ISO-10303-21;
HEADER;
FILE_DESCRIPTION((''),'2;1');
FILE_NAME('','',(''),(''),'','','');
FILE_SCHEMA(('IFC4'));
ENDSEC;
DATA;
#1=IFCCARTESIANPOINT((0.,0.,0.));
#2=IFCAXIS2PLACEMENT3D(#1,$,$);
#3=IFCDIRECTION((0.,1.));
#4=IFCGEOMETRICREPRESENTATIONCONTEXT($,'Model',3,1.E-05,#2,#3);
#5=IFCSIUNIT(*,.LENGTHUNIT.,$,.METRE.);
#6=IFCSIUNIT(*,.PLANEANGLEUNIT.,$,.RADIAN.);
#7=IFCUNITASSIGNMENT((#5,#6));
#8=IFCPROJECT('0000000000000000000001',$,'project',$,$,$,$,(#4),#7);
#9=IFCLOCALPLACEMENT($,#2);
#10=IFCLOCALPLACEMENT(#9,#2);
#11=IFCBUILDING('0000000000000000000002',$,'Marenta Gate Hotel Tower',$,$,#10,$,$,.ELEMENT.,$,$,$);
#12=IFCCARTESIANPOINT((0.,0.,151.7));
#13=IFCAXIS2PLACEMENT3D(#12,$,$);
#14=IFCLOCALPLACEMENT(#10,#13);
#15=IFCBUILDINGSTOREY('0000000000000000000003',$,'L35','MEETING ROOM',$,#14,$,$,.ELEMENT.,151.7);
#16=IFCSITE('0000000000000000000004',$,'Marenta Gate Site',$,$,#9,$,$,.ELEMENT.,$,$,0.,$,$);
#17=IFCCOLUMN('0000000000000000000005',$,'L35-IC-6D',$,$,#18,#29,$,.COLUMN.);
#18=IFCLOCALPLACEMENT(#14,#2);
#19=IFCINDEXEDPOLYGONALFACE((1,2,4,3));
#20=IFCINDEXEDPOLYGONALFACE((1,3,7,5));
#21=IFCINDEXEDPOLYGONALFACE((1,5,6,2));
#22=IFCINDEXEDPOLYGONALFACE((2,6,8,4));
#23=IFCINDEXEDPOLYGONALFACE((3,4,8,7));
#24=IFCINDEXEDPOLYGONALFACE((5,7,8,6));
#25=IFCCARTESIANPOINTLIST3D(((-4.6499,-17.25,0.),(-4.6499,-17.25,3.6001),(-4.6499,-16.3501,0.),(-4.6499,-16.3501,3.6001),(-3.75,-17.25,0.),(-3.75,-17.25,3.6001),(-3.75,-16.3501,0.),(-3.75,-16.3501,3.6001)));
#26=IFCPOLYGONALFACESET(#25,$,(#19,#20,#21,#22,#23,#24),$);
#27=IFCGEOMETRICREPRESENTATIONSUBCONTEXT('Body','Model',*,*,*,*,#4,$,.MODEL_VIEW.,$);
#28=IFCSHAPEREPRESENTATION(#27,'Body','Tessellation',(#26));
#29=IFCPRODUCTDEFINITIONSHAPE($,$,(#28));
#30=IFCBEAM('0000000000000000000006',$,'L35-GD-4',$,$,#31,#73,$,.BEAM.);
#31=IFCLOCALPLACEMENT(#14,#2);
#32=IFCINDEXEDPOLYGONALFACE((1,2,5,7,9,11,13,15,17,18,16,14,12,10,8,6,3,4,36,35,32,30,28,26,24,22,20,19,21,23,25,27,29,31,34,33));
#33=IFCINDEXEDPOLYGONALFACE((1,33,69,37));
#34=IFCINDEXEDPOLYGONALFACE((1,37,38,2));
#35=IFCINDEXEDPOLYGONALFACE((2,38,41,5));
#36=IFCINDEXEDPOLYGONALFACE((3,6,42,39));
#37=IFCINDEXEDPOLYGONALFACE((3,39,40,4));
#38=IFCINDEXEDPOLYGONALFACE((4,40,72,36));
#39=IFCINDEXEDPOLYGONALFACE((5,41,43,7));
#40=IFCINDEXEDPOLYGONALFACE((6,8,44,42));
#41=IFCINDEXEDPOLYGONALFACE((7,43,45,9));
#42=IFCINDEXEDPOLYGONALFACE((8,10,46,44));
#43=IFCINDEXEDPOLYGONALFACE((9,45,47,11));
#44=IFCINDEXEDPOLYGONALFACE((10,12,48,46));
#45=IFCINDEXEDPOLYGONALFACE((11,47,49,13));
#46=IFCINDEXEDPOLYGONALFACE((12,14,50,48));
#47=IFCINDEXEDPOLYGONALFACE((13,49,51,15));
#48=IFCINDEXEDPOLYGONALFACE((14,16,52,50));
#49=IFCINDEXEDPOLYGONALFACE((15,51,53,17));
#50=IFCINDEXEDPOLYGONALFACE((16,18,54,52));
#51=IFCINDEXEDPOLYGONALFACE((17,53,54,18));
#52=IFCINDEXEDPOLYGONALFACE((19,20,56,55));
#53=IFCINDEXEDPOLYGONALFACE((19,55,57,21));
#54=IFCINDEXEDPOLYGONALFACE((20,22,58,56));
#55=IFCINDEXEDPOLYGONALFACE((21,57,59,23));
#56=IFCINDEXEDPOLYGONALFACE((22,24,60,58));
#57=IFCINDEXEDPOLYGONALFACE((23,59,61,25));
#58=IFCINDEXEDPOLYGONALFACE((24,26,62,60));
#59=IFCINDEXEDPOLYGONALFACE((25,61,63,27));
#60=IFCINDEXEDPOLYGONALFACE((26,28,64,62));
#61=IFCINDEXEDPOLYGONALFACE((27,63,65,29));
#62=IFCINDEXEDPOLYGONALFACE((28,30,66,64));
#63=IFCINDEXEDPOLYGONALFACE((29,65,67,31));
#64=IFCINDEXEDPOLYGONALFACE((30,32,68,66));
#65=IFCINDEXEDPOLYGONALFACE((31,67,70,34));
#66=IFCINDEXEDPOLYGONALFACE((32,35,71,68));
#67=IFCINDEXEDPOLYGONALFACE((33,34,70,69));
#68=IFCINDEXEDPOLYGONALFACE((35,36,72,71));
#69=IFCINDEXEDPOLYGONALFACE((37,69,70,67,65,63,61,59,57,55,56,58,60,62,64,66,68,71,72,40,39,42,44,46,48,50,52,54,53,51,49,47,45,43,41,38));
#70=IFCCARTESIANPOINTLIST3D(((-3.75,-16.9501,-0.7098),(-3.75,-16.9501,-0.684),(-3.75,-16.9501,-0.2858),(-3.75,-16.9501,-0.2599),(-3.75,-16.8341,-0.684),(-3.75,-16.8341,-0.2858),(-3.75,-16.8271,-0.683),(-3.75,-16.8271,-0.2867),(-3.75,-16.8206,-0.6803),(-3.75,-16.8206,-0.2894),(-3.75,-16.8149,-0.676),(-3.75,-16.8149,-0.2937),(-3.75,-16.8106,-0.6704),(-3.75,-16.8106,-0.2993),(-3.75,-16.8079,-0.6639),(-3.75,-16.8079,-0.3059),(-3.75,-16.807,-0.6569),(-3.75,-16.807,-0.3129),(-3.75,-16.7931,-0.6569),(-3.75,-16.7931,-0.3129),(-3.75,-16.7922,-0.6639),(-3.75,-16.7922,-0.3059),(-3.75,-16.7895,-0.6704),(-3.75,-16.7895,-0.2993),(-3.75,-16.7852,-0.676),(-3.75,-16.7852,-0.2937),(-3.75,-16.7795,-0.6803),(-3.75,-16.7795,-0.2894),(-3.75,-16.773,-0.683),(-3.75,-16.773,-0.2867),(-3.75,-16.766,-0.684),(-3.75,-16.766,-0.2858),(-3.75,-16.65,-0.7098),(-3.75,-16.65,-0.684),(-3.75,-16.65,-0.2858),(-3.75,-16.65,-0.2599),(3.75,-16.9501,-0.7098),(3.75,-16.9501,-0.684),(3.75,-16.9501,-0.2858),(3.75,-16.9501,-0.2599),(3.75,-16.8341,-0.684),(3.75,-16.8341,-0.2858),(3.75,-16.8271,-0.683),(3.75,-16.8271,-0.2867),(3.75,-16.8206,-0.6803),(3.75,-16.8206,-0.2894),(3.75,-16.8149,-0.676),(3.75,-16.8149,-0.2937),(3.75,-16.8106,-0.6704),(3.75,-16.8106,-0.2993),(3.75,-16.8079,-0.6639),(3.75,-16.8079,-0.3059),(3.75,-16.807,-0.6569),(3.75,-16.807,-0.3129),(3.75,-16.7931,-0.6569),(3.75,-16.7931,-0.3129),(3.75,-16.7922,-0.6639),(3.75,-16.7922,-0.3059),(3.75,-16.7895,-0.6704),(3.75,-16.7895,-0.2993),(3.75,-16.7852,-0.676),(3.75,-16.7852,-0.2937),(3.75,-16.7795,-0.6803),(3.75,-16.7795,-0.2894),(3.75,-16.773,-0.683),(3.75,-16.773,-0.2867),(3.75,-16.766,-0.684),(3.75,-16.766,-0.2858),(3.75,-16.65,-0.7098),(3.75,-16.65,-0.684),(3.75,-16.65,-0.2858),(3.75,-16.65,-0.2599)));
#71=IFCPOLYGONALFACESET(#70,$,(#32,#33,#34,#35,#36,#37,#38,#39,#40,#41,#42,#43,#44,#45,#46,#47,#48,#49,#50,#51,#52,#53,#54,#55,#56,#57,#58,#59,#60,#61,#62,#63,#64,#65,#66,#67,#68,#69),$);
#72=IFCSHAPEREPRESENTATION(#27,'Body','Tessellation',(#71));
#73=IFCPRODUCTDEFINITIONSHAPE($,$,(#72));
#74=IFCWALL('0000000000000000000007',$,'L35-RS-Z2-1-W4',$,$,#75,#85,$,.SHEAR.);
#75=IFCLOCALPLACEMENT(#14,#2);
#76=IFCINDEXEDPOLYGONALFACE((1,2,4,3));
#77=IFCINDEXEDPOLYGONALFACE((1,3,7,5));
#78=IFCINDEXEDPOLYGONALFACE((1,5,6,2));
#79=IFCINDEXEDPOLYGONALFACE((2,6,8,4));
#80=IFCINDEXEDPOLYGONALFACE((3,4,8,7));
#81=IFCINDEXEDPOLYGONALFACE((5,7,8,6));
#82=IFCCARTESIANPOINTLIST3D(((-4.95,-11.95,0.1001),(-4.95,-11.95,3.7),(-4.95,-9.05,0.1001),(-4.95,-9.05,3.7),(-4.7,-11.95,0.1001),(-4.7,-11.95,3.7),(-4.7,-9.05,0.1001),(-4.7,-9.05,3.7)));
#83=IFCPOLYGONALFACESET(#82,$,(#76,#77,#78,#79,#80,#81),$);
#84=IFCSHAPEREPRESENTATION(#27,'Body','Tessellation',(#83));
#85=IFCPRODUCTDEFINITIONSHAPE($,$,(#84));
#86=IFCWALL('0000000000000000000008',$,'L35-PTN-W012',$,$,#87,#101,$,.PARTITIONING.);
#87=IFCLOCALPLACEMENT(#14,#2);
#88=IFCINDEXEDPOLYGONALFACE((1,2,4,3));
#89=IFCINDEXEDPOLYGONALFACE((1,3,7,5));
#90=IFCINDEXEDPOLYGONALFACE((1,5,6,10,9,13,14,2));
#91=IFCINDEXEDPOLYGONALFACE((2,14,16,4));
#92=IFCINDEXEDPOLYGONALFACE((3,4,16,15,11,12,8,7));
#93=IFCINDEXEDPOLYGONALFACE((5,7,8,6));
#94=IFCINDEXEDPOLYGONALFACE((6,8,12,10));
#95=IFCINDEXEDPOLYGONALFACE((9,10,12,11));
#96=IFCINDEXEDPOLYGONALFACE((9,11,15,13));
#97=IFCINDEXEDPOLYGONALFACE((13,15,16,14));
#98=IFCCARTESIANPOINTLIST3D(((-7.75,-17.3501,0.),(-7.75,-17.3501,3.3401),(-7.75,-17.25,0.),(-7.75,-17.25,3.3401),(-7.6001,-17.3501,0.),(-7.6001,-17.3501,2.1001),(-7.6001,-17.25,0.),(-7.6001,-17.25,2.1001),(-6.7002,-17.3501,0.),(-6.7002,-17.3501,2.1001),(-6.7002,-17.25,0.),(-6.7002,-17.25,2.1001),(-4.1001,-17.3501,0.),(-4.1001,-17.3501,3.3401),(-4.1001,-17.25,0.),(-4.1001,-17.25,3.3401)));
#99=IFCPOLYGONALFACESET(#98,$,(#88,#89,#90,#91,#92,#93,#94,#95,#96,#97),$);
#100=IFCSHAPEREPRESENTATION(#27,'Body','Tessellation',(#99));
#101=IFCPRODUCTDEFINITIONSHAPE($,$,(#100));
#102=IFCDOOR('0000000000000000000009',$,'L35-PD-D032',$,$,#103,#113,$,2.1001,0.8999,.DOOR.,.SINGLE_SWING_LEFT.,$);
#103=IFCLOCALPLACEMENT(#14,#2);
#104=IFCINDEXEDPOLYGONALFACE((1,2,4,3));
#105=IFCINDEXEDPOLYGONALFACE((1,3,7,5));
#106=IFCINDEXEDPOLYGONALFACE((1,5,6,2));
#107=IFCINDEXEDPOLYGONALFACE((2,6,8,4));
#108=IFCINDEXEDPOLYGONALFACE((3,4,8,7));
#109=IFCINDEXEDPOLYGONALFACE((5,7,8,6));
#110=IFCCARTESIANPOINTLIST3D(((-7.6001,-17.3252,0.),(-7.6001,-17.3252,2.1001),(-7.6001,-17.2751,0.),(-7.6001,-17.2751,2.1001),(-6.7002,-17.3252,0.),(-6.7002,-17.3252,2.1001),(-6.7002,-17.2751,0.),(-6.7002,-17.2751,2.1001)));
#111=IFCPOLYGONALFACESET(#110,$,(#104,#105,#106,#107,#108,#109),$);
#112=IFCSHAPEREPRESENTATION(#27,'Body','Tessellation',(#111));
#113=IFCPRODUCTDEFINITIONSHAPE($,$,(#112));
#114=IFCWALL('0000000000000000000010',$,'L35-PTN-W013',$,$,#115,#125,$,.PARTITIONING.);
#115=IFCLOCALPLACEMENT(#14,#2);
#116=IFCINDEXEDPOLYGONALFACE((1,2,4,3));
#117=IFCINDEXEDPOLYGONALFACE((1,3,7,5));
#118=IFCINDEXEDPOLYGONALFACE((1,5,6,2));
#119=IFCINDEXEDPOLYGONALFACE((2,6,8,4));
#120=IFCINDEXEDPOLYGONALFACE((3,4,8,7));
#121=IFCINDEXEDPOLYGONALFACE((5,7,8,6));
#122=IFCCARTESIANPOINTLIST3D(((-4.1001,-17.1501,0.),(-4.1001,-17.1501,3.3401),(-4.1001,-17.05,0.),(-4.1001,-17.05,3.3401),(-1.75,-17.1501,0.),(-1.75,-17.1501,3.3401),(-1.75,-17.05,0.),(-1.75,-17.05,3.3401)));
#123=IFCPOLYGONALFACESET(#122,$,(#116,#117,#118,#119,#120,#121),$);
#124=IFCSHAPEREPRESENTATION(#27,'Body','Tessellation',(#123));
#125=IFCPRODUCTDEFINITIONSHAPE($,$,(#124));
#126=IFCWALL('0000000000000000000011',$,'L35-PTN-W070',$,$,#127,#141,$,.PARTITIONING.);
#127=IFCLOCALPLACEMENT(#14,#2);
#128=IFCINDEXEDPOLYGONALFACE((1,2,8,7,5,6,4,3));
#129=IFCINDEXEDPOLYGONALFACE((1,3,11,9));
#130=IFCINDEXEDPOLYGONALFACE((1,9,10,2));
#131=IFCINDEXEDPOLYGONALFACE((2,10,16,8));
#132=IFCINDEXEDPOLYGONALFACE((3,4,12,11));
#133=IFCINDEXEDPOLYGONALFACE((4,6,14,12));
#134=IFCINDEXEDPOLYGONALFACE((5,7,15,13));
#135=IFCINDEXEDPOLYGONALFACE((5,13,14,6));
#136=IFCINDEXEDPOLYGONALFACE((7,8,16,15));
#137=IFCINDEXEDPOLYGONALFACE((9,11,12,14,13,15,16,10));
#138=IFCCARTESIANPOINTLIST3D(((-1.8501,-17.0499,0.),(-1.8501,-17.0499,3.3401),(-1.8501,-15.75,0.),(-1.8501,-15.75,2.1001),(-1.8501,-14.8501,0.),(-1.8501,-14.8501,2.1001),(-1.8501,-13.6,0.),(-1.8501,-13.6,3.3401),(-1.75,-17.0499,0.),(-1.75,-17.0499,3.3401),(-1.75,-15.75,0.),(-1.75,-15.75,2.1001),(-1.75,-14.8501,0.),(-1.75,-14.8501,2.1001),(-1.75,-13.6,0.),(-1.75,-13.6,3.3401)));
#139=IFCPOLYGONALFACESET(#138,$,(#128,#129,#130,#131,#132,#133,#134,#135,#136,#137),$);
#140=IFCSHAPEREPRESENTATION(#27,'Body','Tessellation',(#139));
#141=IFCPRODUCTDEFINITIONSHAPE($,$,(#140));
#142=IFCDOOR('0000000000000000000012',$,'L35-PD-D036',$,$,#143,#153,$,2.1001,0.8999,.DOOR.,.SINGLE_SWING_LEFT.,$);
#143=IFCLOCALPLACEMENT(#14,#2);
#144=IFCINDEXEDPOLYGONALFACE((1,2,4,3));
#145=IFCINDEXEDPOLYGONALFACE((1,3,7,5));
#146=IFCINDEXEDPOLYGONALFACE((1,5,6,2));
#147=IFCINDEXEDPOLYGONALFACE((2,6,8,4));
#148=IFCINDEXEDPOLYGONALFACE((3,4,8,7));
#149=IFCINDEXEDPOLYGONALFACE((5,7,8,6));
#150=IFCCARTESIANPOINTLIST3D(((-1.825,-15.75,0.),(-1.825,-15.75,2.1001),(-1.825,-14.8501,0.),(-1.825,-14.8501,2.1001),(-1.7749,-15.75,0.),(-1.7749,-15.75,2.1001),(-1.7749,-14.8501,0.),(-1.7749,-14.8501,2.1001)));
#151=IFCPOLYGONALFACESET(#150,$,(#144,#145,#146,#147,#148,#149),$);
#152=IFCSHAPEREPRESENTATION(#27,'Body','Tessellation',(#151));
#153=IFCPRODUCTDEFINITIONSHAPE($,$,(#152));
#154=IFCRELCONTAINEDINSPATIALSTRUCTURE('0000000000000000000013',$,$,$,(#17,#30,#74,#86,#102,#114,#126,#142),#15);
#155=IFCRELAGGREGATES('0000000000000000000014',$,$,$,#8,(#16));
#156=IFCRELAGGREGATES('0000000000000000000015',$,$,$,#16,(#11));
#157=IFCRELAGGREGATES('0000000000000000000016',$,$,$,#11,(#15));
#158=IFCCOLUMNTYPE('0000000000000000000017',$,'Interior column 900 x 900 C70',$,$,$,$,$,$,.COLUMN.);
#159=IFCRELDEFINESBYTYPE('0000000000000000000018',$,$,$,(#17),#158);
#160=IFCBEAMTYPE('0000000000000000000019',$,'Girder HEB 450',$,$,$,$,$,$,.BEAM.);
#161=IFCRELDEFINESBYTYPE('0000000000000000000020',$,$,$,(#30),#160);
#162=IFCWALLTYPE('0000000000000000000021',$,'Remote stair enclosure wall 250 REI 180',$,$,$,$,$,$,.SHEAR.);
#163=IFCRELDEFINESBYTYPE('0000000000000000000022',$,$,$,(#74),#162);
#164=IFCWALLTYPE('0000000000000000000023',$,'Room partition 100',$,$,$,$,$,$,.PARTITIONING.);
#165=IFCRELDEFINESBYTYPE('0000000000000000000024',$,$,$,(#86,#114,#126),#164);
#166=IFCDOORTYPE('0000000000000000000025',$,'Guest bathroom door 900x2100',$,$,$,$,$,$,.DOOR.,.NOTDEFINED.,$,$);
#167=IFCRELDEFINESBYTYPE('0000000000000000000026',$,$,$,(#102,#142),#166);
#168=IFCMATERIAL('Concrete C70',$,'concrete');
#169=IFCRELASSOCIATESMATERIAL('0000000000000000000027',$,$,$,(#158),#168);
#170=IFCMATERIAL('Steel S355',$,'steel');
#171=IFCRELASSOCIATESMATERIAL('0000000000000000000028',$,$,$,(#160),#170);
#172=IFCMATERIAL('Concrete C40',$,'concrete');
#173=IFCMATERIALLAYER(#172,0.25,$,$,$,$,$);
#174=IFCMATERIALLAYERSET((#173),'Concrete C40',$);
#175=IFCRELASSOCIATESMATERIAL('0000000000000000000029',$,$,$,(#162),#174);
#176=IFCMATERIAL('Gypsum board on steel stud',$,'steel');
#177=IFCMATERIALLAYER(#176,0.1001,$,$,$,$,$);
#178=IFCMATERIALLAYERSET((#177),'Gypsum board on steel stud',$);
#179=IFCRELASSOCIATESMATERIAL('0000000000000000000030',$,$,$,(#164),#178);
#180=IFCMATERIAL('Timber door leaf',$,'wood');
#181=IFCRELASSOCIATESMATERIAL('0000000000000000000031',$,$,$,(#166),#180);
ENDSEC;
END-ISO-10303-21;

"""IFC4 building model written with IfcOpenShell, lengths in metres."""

from ifc_helpers import new_model, si_unit, direction, frame, frame_2d, origin, origin_2d, place, context, subcontext, project, spatial, rectangle, i_section, extrude, material, layer, layer_set, material_profile, profile_set, type_object, element, fill, save


model = new_model("IFC4")

# Units and contexts
model_context = context("Model", 3, precision=1e-05, world=origin(), true_north=direction((0.0, 1.0)))
body_context = subcontext(model_context, "Body", "Model", "MODEL_VIEW")
ifc_project = project(units=[si_unit("LENGTHUNIT", "METRE"), si_unit("PLANEANGLEUNIT", "RADIAN")], contexts=[model_context])

# Site, building, storey
site_placement = place(None, origin())
site = spatial("IfcSite", under=ifc_project, at=site_placement, Name="Marenta Gate Site", CompositionType="ELEMENT", RefElevation=0.0)
building_placement = place(site_placement, origin())
building = spatial("IfcBuilding", under=site, at=building_placement, Name="Marenta Gate Hotel Tower", CompositionType="ELEMENT")
storey_placement = place(building_placement, frame((0.0, 0.0, 151.7)))
storey = spatial("IfcBuildingStorey", under=building, at=storey_placement, Name="L35", Description="MEETING ROOM", CompositionType="ELEMENT", Elevation=151.7)

# Column
ifc_material_1 = material(Name="Concrete C70", Category="concrete")
ifc_material_profile_1 = material_profile(ifc_material_1, rectangle(XDim=0.8999, YDim=0.8999, at=origin_2d()), Name="900 x 900")
ifc_profile_set_1 = profile_set([ifc_material_profile_1], Name="Concrete C70")
column_type = type_object("IfcColumnType", Name="Interior column 900 x 900 C70", PredefinedType="COLUMN", material=ifc_profile_set_1)
column_placement = place(storey_placement, frame((-4.2, -16.8, 0.0), z_axis=(0.0, 0.0, 1.0), x_axis=(1.0, 0.0, 0.0)))
element("IfcColumn", 1, at=column_placement, inside=storey, type_object=column_type, Name="L35-IC-6D", PredefinedType="COLUMN", context=body_context, shape_type="SweptSolid", body=[
    extrude(rectangle(XDim=0.8999, YDim=0.8999, at=origin_2d()), origin(), (0.0, 0.0, 1.0), 3.6001),
])

# Beam
ifc_material_2 = material(Name="Steel S355", Category="steel")
ifc_material_profile_2 = material_profile(ifc_material_2, i_section(OverallWidth=0.3, OverallDepth=0.45, WebThickness=0.0139, FlangeThickness=0.0259, FilletRadius=0.0271, at=origin_2d()), Name="HEB 450")
ifc_profile_set_2 = profile_set([ifc_material_profile_2], Name="Steel S355")
beam_type = type_object("IfcBeamType", Name="Girder HEB 450", PredefinedType="BEAM", material=ifc_profile_set_2)
beam_placement = place(storey_placement, frame((-3.75, -16.8, -0.4849), z_axis=(1.0, 0.0, 0.0), x_axis=(0.0, 1.0, 0.0)))
element("IfcBeam", 2, at=beam_placement, inside=storey, type_object=beam_type, Name="L35-GD-4", PredefinedType="BEAM", context=body_context, shape_type="SweptSolid", body=[
    extrude(i_section(OverallWidth=0.3, OverallDepth=0.45, WebThickness=0.0139, FlangeThickness=0.0259, FilletRadius=0.0271, at=origin_2d()), origin(), (0.0, 0.0, 1.0), 7.5),
])

# Wall
ifc_material_3 = material(Name="Concrete C40", Category="concrete")
ifc_layer_1 = layer(ifc_material_3, 0.25)
ifc_layer_set_1 = layer_set([ifc_layer_1], Name="Concrete C40")
wall_type_1 = type_object("IfcWallType", Name="Remote stair enclosure wall 250 REI 180", PredefinedType="SHEAR", material=ifc_layer_set_1)
wall_1_placement = place(storey_placement, frame((-4.825, -11.95, 0.1001), z_axis=(0.0, 0.0, 1.0), x_axis=(0.0, 1.0, 0.0)))
element("IfcWall", 3, at=wall_1_placement, inside=storey, type_object=wall_type_1, Name="L35-RS-Z2-1-W4", PredefinedType="SHEAR", context=body_context, shape_type="SweptSolid", body=[
    extrude(rectangle(XDim=2.8999, YDim=0.25, at=frame_2d((1.45, 0.0))), origin(), (0.0, 0.0, 1.0), 3.5999),
])

# Wall, opening, door
ifc_material_4 = material(Name="Gypsum board on steel stud", Category="steel")
ifc_layer_2 = layer(ifc_material_4, 0.1001)
ifc_layer_set_2 = layer_set([ifc_layer_2], Name="Gypsum board on steel stud")
wall_type_2 = type_object("IfcWallType", Name="Room partition 100", PredefinedType="PARTITIONING", material=ifc_layer_set_2)
wall_2_placement = place(storey_placement, frame((-7.75, -17.3, 0.0), z_axis=(0.0, 0.0, 1.0), x_axis=(1.0, 0.0, 0.0)))
wall_2 = element("IfcWall", 4, at=wall_2_placement, inside=storey, type_object=wall_type_2, Name="L35-PTN-W012", PredefinedType="PARTITIONING", context=body_context, shape_type="SweptSolid", body=[
    extrude(rectangle(XDim=3.6499, YDim=0.1001, at=frame_2d((1.825, 0.0))), origin(), (0.0, 0.0, 1.0), 3.3401),
])
opening_1_placement = place(wall_2_placement, frame((0.1499, 0.0, 0.0)))
opening_1 = element("IfcOpeningElement", 5, at=opening_1_placement, cuts=wall_2, PredefinedType="OPENING", context=body_context, shape_type="SweptSolid", body=[
    extrude(rectangle(XDim=0.8999, YDim=2.1001, at=frame_2d((0.45, 1.05))), frame((0.0, 0.05, 0.0), z_axis=(0.0, -1.0, 0.0), x_axis=(1.0, 0.0, 0.0)), (0.0, 0.0, 1.0), 0.1001),
])
ifc_material_5 = material(Name="Timber door leaf", Category="wood")
door_type_1 = type_object("IfcDoorType", Name="Guest bathroom door 900x2100", OperationType="NOTDEFINED", PredefinedType="DOOR", material=ifc_material_5)
door_1_placement = place(opening_1_placement, origin())
door_1 = element("IfcDoor", 6, at=door_1_placement, inside=storey, type_object=door_type_1, Name="L35-PD-D032", OperationType="SINGLE_SWING_LEFT", OverallHeight=2.1001, OverallWidth=0.8999, PredefinedType="DOOR", context=body_context, shape_type="SweptSolid", body=[
    extrude(rectangle(XDim=0.8999, YDim=2.1001, at=frame_2d((0.45, 1.05))), frame((0.0, 0.0249, 0.0), z_axis=(0.0, -1.0, 0.0), x_axis=(1.0, 0.0, 0.0)), (0.0, 0.0, 1.0), 0.05),
])
fill(opening_1, door_1)

# Wall
wall_3_placement = place(storey_placement, frame((-4.1001, -17.1001, 0.0), z_axis=(0.0, 0.0, 1.0), x_axis=(1.0, 0.0, 0.0)))
element("IfcWall", 7, at=wall_3_placement, inside=storey, type_object=wall_type_2, Name="L35-PTN-W013", PredefinedType="PARTITIONING", context=body_context, shape_type="SweptSolid", body=[
    extrude(rectangle(XDim=2.3501, YDim=0.1001, at=frame_2d((1.175, 0.0))), origin(), (0.0, 0.0, 1.0), 3.3401),
])

# Wall, opening, door
wall_4_placement = place(storey_placement, frame((-1.8, -17.05, 0.0), z_axis=(0.0, 0.0, 1.0), x_axis=(0.0, 1.0, 0.0)))
wall_4 = element("IfcWall", 8, at=wall_4_placement, inside=storey, type_object=wall_type_2, Name="L35-PTN-W070", PredefinedType="PARTITIONING", context=body_context, shape_type="SweptSolid", body=[
    extrude(rectangle(XDim=3.45, YDim=0.1001, at=frame_2d((1.7251, 0.0))), origin(), (0.0, 0.0, 1.0), 3.3401),
])
opening_2_placement = place(wall_4_placement, frame((1.3, 0.0, 0.0)))
opening_2 = element("IfcOpeningElement", 9, at=opening_2_placement, cuts=wall_4, PredefinedType="OPENING", context=body_context, shape_type="SweptSolid", body=[
    extrude(rectangle(XDim=0.8999, YDim=2.1001, at=frame_2d((0.45, 1.05))), frame((0.0, 0.05, 0.0), z_axis=(0.0, -1.0, 0.0), x_axis=(1.0, 0.0, 0.0)), (0.0, 0.0, 1.0), 0.1001),
])
door_2_placement = place(opening_2_placement, origin())
door_2 = element("IfcDoor", 10, at=door_2_placement, inside=storey, type_object=door_type_1, Name="L35-PD-D036", OperationType="SINGLE_SWING_LEFT", OverallHeight=2.1001, OverallWidth=0.8999, PredefinedType="DOOR", context=body_context, shape_type="SweptSolid", body=[
    extrude(rectangle(XDim=0.8999, YDim=2.1001, at=frame_2d((0.45, 1.05))), frame((0.0, 0.0249, 0.0), z_axis=(0.0, -1.0, 0.0), x_axis=(1.0, 0.0, 0.0)), (0.0, 0.0, 1.0), 0.05),
])
fill(opening_2, door_2)

save(model, "model.ifc")
